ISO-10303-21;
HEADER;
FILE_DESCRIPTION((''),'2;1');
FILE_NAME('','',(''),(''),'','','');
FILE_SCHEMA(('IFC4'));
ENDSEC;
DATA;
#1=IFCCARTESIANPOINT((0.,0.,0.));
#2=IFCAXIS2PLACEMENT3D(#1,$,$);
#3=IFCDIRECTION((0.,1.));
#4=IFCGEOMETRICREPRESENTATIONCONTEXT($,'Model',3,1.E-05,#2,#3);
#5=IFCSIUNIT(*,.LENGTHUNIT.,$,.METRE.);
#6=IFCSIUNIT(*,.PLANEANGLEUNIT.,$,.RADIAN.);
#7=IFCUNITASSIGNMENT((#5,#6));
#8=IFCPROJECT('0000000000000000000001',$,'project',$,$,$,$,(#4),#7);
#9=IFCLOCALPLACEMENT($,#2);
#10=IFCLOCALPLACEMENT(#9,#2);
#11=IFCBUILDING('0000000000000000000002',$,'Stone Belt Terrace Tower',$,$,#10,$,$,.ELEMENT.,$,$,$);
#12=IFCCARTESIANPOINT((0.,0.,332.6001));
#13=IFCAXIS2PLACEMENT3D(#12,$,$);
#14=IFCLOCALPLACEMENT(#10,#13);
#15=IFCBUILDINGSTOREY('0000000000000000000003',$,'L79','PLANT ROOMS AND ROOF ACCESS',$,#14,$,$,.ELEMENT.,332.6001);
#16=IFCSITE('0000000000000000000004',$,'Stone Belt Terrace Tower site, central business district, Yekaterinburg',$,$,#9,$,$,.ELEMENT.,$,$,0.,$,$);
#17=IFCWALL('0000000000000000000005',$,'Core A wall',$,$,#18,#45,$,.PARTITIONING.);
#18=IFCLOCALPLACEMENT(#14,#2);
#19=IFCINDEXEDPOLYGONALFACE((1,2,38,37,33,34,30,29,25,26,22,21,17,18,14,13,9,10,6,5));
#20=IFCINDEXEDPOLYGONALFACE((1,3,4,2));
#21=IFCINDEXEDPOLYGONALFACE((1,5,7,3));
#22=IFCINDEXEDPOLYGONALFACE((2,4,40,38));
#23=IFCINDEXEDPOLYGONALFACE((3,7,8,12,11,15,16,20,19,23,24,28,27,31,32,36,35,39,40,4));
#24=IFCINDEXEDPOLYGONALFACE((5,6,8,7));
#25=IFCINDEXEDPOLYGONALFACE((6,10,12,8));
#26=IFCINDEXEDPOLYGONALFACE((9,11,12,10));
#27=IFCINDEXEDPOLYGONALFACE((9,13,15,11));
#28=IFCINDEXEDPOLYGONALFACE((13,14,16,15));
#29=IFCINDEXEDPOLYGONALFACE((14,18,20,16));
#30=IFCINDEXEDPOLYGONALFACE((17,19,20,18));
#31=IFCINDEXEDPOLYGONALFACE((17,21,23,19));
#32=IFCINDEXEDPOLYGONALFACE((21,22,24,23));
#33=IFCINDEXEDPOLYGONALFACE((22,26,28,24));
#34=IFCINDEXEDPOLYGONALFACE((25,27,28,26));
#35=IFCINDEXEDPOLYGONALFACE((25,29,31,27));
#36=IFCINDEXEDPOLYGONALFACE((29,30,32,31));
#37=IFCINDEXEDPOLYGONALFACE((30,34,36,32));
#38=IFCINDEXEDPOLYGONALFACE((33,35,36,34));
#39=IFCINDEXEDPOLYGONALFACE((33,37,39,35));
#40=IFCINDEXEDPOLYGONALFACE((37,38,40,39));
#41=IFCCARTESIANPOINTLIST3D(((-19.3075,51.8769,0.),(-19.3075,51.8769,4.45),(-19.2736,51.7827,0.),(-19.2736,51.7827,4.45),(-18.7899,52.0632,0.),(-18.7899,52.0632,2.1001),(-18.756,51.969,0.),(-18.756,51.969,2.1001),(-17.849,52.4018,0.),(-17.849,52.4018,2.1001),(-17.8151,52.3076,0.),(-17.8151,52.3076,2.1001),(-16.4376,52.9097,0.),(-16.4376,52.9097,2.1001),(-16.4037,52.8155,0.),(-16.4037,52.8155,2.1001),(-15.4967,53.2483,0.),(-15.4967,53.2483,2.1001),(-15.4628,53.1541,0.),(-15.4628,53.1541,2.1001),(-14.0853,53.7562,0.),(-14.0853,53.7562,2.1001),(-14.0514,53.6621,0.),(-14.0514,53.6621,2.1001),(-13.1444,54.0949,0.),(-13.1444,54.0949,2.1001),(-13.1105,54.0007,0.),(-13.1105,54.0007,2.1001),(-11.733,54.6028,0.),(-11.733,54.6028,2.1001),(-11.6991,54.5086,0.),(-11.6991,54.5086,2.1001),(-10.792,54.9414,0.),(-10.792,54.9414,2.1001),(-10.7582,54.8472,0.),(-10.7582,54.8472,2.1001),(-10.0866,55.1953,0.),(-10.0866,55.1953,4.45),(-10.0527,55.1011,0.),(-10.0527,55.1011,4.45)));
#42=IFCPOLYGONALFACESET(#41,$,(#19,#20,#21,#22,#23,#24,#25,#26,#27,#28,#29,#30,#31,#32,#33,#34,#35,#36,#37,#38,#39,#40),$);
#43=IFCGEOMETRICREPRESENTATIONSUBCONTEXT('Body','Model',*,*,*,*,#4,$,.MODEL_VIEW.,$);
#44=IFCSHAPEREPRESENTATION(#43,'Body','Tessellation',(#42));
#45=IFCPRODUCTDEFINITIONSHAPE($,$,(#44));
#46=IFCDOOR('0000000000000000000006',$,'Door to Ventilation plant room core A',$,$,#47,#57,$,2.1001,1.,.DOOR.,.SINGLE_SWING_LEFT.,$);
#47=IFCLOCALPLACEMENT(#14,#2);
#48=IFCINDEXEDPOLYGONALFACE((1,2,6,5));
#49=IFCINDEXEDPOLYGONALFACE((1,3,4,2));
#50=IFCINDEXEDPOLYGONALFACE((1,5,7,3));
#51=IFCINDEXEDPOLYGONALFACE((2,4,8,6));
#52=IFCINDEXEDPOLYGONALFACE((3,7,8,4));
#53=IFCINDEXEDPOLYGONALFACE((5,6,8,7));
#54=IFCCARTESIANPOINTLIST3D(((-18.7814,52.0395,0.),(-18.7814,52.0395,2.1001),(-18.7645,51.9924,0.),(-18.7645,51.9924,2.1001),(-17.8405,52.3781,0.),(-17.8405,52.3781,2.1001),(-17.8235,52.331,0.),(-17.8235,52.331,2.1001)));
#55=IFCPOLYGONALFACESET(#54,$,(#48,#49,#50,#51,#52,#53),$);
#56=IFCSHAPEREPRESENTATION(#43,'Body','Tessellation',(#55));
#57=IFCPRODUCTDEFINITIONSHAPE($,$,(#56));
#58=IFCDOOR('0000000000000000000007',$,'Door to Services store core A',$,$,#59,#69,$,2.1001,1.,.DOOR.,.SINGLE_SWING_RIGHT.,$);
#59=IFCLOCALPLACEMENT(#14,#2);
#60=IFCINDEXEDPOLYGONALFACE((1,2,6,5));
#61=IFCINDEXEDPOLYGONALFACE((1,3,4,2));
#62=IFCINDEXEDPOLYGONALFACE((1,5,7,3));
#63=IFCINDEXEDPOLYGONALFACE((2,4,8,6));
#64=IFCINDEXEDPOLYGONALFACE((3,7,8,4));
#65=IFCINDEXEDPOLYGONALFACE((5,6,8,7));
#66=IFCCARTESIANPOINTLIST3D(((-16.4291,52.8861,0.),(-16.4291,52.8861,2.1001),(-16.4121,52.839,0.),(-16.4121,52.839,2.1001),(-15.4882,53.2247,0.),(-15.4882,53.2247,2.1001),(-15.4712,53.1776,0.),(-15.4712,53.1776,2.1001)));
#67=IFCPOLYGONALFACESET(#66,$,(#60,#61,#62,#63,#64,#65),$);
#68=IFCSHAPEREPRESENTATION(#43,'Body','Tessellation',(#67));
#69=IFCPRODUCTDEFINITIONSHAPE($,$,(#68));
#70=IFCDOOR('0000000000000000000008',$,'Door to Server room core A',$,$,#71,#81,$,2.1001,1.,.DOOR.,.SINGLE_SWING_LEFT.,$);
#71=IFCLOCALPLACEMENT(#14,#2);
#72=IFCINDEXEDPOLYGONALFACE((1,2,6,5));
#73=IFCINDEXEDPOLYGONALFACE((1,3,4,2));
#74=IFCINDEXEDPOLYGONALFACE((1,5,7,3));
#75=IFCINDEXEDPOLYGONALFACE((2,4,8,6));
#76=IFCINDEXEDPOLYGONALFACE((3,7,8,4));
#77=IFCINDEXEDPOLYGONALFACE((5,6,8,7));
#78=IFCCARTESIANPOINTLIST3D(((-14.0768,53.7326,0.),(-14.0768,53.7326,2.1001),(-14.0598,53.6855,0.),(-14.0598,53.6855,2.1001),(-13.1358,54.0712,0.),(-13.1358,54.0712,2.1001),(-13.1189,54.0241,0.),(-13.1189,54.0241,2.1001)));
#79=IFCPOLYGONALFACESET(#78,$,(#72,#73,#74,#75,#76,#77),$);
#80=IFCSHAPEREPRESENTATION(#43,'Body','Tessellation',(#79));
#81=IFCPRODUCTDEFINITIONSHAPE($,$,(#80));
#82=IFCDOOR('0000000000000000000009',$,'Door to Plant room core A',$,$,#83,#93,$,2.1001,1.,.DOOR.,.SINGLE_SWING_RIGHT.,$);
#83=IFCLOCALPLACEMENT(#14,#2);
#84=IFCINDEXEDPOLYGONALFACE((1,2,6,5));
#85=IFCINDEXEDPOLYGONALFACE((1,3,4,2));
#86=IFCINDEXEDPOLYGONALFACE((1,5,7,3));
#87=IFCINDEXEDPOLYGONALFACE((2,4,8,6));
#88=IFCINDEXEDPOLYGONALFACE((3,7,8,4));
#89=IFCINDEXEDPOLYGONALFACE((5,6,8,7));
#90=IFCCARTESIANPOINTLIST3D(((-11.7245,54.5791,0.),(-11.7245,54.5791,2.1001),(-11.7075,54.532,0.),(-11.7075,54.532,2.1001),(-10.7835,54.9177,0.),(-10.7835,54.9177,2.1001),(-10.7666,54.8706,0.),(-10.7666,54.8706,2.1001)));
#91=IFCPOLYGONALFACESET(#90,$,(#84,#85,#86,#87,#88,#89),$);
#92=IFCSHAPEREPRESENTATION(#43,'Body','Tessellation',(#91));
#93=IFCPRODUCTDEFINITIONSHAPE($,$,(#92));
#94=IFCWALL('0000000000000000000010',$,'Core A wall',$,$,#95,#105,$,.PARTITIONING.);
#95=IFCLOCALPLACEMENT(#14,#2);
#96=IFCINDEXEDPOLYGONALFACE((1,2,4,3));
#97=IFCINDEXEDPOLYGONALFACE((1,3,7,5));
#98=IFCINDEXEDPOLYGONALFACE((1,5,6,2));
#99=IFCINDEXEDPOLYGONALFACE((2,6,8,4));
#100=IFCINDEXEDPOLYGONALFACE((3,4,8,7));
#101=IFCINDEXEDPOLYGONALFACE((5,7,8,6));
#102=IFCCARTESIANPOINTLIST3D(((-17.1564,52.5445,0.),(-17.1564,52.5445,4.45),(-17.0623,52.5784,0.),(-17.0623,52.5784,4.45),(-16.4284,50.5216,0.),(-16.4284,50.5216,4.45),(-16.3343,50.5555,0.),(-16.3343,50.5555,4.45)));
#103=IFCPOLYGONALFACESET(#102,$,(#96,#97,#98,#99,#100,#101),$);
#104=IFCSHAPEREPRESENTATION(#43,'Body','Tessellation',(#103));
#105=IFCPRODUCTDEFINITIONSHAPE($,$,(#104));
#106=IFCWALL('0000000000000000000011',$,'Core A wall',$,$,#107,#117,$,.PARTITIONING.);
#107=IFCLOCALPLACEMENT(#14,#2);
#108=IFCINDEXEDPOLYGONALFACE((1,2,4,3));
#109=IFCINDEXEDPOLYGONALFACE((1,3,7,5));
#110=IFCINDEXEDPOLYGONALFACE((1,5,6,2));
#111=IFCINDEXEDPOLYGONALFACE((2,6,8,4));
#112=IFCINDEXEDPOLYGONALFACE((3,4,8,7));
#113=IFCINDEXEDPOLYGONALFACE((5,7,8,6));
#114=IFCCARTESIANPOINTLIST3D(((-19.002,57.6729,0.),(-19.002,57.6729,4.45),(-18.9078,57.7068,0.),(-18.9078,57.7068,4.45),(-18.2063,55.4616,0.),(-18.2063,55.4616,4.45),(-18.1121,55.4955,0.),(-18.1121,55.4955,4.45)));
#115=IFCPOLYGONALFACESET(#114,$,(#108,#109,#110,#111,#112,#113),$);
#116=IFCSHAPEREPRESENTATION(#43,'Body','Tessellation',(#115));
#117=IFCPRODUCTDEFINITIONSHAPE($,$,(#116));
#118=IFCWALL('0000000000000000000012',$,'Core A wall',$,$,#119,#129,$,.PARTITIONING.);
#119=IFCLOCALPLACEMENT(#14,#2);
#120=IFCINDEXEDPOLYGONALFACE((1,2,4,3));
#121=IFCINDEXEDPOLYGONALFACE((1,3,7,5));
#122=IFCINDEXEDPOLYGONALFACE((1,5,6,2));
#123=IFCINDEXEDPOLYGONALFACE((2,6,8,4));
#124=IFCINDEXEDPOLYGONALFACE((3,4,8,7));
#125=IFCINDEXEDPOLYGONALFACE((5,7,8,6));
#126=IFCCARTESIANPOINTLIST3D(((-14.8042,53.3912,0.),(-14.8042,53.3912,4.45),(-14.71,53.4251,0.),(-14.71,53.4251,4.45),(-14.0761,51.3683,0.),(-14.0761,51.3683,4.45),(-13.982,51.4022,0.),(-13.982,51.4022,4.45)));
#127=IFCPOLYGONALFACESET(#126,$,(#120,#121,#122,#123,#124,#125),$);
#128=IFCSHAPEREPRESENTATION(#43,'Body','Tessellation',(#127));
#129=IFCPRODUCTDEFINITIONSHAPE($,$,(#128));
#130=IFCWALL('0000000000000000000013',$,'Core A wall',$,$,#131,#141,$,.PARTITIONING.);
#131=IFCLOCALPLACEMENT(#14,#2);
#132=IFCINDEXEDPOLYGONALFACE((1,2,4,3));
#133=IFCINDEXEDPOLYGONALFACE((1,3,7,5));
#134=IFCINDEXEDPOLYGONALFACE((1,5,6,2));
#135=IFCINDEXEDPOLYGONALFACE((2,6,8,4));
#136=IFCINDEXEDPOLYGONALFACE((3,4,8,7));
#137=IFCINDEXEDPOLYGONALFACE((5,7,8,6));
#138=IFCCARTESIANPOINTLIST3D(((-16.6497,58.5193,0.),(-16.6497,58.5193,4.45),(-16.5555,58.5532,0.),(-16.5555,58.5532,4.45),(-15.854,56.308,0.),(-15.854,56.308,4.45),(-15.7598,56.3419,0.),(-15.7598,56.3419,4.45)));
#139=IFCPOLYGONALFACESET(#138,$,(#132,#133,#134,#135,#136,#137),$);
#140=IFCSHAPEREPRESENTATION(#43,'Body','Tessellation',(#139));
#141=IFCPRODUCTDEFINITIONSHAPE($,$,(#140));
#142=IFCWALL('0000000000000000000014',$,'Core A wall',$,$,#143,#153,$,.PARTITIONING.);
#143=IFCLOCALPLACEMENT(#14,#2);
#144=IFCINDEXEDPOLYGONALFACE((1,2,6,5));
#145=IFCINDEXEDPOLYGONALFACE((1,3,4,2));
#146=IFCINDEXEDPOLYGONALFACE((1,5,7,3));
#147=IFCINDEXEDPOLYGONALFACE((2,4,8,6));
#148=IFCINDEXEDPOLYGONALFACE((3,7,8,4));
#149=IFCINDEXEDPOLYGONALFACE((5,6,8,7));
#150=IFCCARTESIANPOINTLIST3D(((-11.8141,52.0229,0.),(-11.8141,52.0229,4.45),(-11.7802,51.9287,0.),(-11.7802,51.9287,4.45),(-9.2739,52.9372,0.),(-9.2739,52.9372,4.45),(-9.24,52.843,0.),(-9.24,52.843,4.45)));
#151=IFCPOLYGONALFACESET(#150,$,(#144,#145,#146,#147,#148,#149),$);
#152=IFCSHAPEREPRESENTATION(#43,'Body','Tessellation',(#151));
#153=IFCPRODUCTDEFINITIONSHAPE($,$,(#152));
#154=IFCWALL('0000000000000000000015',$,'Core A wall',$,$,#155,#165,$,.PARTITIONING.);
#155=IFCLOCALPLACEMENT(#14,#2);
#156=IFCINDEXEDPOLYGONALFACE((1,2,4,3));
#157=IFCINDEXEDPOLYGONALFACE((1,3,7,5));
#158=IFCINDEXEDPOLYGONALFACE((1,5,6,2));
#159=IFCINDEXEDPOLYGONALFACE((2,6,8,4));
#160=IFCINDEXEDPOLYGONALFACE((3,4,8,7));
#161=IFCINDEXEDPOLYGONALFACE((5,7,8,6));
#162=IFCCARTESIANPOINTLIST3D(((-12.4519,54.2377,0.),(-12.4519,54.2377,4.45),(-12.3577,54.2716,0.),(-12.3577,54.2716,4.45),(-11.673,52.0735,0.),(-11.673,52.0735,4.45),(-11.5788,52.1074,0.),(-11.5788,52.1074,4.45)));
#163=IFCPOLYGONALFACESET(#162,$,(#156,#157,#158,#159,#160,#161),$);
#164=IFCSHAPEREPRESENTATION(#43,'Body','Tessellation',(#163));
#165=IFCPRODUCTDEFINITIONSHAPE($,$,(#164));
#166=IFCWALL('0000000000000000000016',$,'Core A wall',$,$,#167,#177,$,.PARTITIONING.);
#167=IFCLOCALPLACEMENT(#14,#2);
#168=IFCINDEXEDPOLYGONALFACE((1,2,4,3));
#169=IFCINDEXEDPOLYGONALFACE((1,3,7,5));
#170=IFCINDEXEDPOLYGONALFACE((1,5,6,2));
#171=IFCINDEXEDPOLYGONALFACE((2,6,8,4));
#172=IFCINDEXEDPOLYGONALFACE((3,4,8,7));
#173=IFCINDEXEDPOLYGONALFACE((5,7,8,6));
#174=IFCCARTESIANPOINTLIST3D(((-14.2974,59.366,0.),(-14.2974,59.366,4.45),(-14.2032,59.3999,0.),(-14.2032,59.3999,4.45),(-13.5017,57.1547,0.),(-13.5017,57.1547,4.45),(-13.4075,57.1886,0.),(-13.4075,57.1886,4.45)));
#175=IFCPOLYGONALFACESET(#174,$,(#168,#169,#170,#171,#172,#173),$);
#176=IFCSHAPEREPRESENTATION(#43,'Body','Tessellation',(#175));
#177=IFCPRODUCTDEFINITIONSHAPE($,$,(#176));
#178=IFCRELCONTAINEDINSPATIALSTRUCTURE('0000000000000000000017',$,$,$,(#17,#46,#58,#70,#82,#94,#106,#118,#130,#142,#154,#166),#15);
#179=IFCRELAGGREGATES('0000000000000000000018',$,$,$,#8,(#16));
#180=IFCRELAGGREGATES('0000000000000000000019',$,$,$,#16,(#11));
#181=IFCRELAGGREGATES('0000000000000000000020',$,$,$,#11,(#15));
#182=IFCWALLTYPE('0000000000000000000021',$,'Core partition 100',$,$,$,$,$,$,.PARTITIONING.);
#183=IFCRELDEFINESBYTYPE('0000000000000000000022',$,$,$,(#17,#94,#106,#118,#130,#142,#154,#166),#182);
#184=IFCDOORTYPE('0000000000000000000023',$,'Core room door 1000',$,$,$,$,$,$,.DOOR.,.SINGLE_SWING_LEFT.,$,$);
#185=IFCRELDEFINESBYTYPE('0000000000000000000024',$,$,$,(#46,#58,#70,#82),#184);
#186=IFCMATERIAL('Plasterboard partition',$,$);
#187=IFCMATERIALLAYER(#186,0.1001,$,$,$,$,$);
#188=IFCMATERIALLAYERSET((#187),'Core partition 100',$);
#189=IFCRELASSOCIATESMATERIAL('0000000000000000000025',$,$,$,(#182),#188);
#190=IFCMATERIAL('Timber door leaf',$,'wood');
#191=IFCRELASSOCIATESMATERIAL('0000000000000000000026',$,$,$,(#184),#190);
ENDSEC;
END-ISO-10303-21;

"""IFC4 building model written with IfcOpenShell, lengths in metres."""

from ifc_helpers import new_model, si_unit, direction, frame, frame_2d, origin, place, context, subcontext, project, spatial, rectangle, extrude, material, layer, layer_set, type_object, element, fill, save


model = new_model("IFC4")

# Units and contexts
model_context = context("Model", 3, precision=1e-05, world=origin(), true_north=direction((0.0, 1.0)))
body_context = subcontext(model_context, "Body", "Model", "MODEL_VIEW")
ifc_project = project(units=[si_unit("LENGTHUNIT", "METRE"), si_unit("PLANEANGLEUNIT", "RADIAN")], contexts=[model_context])

# Site, building, storey
site_placement = place(None, origin())
site = spatial("IfcSite", under=ifc_project, at=site_placement, Name="Stone Belt Terrace Tower site, central business district, Yekaterinburg", CompositionType="ELEMENT", RefElevation=0.0)
building_placement = place(site_placement, origin())
building = spatial("IfcBuilding", under=site, at=building_placement, Name="Stone Belt Terrace Tower", CompositionType="ELEMENT")
storey_placement = place(building_placement, frame((0.0, 0.0, 332.6001)))
storey = spatial("IfcBuildingStorey", under=building, at=storey_placement, Name="L79", Description="PLANT ROOMS AND ROOF ACCESS", CompositionType="ELEMENT", Elevation=332.6001)

# Wall, openings, doors
ifc_material_1 = material(Name="Plasterboard partition")
ifc_layer_1 = layer(ifc_material_1, 0.1001)
ifc_layer_set_1 = layer_set([ifc_layer_1], Name="Core partition 100")
wall_type_1 = type_object("IfcWallType", Name="Core partition 100", PredefinedType="PARTITIONING", material=ifc_layer_set_1)
wall_1_placement = place(storey_placement, frame((-19.2905, 51.8298, 0.0), z_axis=(0.0, 0.0, 1.0), x_axis=(0.940926, 0.338613, 0.0)))
wall_1 = element("IfcWall", 1, at=wall_1_placement, inside=storey, type_object=wall_type_1, Name="Core A wall", PredefinedType="PARTITIONING", context=body_context, shape_type="SweptSolid", body=[
    extrude(rectangle(XDim=9.7998, YDim=0.1001, at=frame_2d((4.8999, 0.0))), origin(), (0.0, 0.0, 1.0), 4.45),
])
opening_1_placement = place(wall_1_placement, frame((0.55, 0.0, 0.0)))
opening_1 = element("IfcOpeningElement", 2, at=opening_1_placement, cuts=wall_1, PredefinedType="OPENING", context=body_context, shape_type="SweptSolid", body=[
    extrude(rectangle(XDim=1.0, YDim=2.1001, at=frame_2d((0.5, 1.05))), frame((0.0, 0.0601, 0.0), z_axis=(0.0, -1.0, 0.0), x_axis=(1.0, 0.0, 0.0)), (0.0, 0.0, 1.0), 0.1201),
])
opening_2_placement = place(wall_1_placement, frame((3.05, 0.0, 0.0)))
opening_2 = element("IfcOpeningElement", 3, at=opening_2_placement, cuts=wall_1, PredefinedType="OPENING", context=body_context, shape_type="SweptSolid", body=[
    extrude(rectangle(XDim=1.0, YDim=2.1001, at=frame_2d((0.5, 1.05))), frame((0.0, 0.0601, 0.0), z_axis=(0.0, -1.0, 0.0), x_axis=(1.0, 0.0, 0.0)), (0.0, 0.0, 1.0), 0.1201),
])
opening_3_placement = place(wall_1_placement, frame((5.55, 0.0, 0.0)))
opening_3 = element("IfcOpeningElement", 4, at=opening_3_placement, cuts=wall_1, PredefinedType="OPENING", context=body_context, shape_type="SweptSolid", body=[
    extrude(rectangle(XDim=1.0, YDim=2.1001, at=frame_2d((0.5, 1.05))), frame((0.0, 0.0601, 0.0), z_axis=(0.0, -1.0, 0.0), x_axis=(1.0, 0.0, 0.0)), (0.0, 0.0, 1.0), 0.1201),
])
opening_4_placement = place(wall_1_placement, frame((8.05, 0.0, 0.0)))
opening_4 = element("IfcOpeningElement", 5, at=opening_4_placement, cuts=wall_1, PredefinedType="OPENING", context=body_context, shape_type="SweptSolid", body=[
    extrude(rectangle(XDim=1.0, YDim=2.1001, at=frame_2d((0.5, 1.05))), frame((0.0, 0.0601, 0.0), z_axis=(0.0, -1.0, 0.0), x_axis=(1.0, 0.0, 0.0)), (0.0, 0.0, 1.0), 0.1201),
])
ifc_material_2 = material(Name="Timber door leaf", Category="wood")
door_type_1 = type_object("IfcDoorType", Name="Core room door 1000", OperationType="SINGLE_SWING_LEFT", PredefinedType="DOOR", material=ifc_material_2)
door_1_placement = place(opening_1_placement, origin())
door_1 = element("IfcDoor", 6, at=door_1_placement, inside=storey, type_object=door_type_1, Name="Door to Ventilation plant room core A", OperationType="SINGLE_SWING_LEFT", OverallHeight=2.1001, OverallWidth=1.0, PredefinedType="DOOR", context=body_context, shape_type="SweptSolid", body=[
    extrude(rectangle(XDim=1.0, YDim=2.1001, at=frame_2d((0.5, 1.05))), frame((0.0, 0.0249, 0.0), z_axis=(0.0, -1.0, 0.0), x_axis=(1.0, 0.0, 0.0)), (0.0, 0.0, 1.0), 0.05),
])
fill(opening_1, door_1)
door_2_placement = place(opening_2_placement, origin())
door_2 = element("IfcDoor", 7, at=door_2_placement, inside=storey, type_object=door_type_1, Name="Door to Services store core A", OperationType="SINGLE_SWING_RIGHT", OverallHeight=2.1001, OverallWidth=1.0, PredefinedType="DOOR", context=body_context, shape_type="SweptSolid", body=[
    extrude(rectangle(XDim=1.0, YDim=2.1001, at=frame_2d((0.5, 1.05))), frame((0.0, 0.0249, 0.0), z_axis=(0.0, -1.0, 0.0), x_axis=(1.0, 0.0, 0.0)), (0.0, 0.0, 1.0), 0.05),
])
fill(opening_2, door_2)
door_3_placement = place(opening_3_placement, origin())
door_3 = element("IfcDoor", 8, at=door_3_placement, inside=storey, type_object=door_type_1, Name="Door to Server room core A", OperationType="SINGLE_SWING_LEFT", OverallHeight=2.1001, OverallWidth=1.0, PredefinedType="DOOR", context=body_context, shape_type="SweptSolid", body=[
    extrude(rectangle(XDim=1.0, YDim=2.1001, at=frame_2d((0.5, 1.05))), frame((0.0, 0.0249, 0.0), z_axis=(0.0, -1.0, 0.0), x_axis=(1.0, 0.0, 0.0)), (0.0, 0.0, 1.0), 0.05),
])
fill(opening_3, door_3)
door_4_placement = place(opening_4_placement, origin())
door_4 = element("IfcDoor", 9, at=door_4_placement, inside=storey, type_object=door_type_1, Name="Door to Plant room core A", OperationType="SINGLE_SWING_RIGHT", OverallHeight=2.1001, OverallWidth=1.0, PredefinedType="DOOR", context=body_context, shape_type="SweptSolid", body=[
    extrude(rectangle(XDim=1.0, YDim=2.1001, at=frame_2d((0.5, 1.05))), frame((0.0, 0.0249, 0.0), z_axis=(0.0, -1.0, 0.0), x_axis=(1.0, 0.0, 0.0)), (0.0, 0.0, 1.0), 0.05),
])
fill(opening_4, door_4)

# Walls
wall_2_placement = place(storey_placement, frame((-16.3813, 50.5386, 0.0), z_axis=(0.0, 0.0, 1.0), x_axis=(-0.338623, 0.940922, 0.0)))
element("IfcWall", 10, at=wall_2_placement, inside=storey, type_object=wall_type_1, Name="Core A wall", PredefinedType="PARTITIONING", context=body_context, shape_type="SweptSolid", body=[
    extrude(rectangle(XDim=2.1499, YDim=0.1001, at=frame_2d((1.075, 0.0))), origin(), (0.0, 0.0, 1.0), 4.45),
])
wall_3_placement = place(storey_placement, frame((-18.1592, 55.4785, 0.0), z_axis=(0.0, 0.0, 1.0), x_axis=(-0.33858, 0.940938, 0.0)))
element("IfcWall", 11, at=wall_3_placement, inside=storey, type_object=wall_type_1, Name="Core A wall", PredefinedType="PARTITIONING", context=body_context, shape_type="SweptSolid", body=[
    extrude(rectangle(XDim=2.3501, YDim=0.1001, at=frame_2d((1.175, 0.0))), origin(), (0.0, 0.0, 1.0), 4.45),
])
wall_4_placement = place(storey_placement, frame((-14.0291, 51.3853, 0.0), z_axis=(0.0, 0.0, 1.0), x_axis=(-0.338623, 0.940922, 0.0)))
element("IfcWall", 12, at=wall_4_placement, inside=storey, type_object=wall_type_1, Name="Core A wall", PredefinedType="PARTITIONING", context=body_context, shape_type="SweptSolid", body=[
    extrude(rectangle(XDim=2.1499, YDim=0.1001, at=frame_2d((1.075, 0.0))), origin(), (0.0, 0.0, 1.0), 4.45),
])
wall_5_placement = place(storey_placement, frame((-15.8069, 56.325, 0.0), z_axis=(0.0, 0.0, 1.0), x_axis=(-0.33858, 0.940938, 0.0)))
element("IfcWall", 13, at=wall_5_placement, inside=storey, type_object=wall_type_1, Name="Core A wall", PredefinedType="PARTITIONING", context=body_context, shape_type="SweptSolid", body=[
    extrude(rectangle(XDim=2.3501, YDim=0.1001, at=frame_2d((1.175, 0.0))), origin(), (0.0, 0.0, 1.0), 4.45),
])
wall_6_placement = place(storey_placement, frame((-11.7971, 51.9758, 0.0), z_axis=(0.0, 0.0, 1.0), x_axis=(0.94091, 0.338655, 0.0)))
element("IfcWall", 14, at=wall_6_placement, inside=storey, type_object=wall_type_1, Name="Core A wall", PredefinedType="PARTITIONING", context=body_context, shape_type="SweptSolid", body=[
    extrude(rectangle(XDim=2.6997, YDim=0.1001, at=frame_2d((1.3499, 0.0))), origin(), (0.0, 0.0, 1.0), 4.45),
])
wall_7_placement = place(storey_placement, frame((-11.626, 52.0906, 0.0), z_axis=(0.0, 0.0, 1.0), x_axis=(-0.338622, 0.940923, 0.0)))
element("IfcWall", 15, at=wall_7_placement, inside=storey, type_object=wall_type_1, Name="Core A wall", PredefinedType="PARTITIONING", context=body_context, shape_type="SweptSolid", body=[
    extrude(rectangle(XDim=2.3, YDim=0.1001, at=frame_2d((1.1499, 0.0))), origin(), (0.0, 0.0, 1.0), 4.45),
])
wall_8_placement = place(storey_placement, frame((-13.4546, 57.1716, 0.0), z_axis=(0.0, 0.0, 1.0), x_axis=(-0.33858, 0.940938, 0.0)))
element("IfcWall", 16, at=wall_8_placement, inside=storey, type_object=wall_type_1, Name="Core A wall", PredefinedType="PARTITIONING", context=body_context, shape_type="SweptSolid", body=[
    extrude(rectangle(XDim=2.3501, YDim=0.1001, at=frame_2d((1.175, 0.0))), origin(), (0.0, 0.0, 1.0), 4.45),
])

save(model, "model.ifc")
